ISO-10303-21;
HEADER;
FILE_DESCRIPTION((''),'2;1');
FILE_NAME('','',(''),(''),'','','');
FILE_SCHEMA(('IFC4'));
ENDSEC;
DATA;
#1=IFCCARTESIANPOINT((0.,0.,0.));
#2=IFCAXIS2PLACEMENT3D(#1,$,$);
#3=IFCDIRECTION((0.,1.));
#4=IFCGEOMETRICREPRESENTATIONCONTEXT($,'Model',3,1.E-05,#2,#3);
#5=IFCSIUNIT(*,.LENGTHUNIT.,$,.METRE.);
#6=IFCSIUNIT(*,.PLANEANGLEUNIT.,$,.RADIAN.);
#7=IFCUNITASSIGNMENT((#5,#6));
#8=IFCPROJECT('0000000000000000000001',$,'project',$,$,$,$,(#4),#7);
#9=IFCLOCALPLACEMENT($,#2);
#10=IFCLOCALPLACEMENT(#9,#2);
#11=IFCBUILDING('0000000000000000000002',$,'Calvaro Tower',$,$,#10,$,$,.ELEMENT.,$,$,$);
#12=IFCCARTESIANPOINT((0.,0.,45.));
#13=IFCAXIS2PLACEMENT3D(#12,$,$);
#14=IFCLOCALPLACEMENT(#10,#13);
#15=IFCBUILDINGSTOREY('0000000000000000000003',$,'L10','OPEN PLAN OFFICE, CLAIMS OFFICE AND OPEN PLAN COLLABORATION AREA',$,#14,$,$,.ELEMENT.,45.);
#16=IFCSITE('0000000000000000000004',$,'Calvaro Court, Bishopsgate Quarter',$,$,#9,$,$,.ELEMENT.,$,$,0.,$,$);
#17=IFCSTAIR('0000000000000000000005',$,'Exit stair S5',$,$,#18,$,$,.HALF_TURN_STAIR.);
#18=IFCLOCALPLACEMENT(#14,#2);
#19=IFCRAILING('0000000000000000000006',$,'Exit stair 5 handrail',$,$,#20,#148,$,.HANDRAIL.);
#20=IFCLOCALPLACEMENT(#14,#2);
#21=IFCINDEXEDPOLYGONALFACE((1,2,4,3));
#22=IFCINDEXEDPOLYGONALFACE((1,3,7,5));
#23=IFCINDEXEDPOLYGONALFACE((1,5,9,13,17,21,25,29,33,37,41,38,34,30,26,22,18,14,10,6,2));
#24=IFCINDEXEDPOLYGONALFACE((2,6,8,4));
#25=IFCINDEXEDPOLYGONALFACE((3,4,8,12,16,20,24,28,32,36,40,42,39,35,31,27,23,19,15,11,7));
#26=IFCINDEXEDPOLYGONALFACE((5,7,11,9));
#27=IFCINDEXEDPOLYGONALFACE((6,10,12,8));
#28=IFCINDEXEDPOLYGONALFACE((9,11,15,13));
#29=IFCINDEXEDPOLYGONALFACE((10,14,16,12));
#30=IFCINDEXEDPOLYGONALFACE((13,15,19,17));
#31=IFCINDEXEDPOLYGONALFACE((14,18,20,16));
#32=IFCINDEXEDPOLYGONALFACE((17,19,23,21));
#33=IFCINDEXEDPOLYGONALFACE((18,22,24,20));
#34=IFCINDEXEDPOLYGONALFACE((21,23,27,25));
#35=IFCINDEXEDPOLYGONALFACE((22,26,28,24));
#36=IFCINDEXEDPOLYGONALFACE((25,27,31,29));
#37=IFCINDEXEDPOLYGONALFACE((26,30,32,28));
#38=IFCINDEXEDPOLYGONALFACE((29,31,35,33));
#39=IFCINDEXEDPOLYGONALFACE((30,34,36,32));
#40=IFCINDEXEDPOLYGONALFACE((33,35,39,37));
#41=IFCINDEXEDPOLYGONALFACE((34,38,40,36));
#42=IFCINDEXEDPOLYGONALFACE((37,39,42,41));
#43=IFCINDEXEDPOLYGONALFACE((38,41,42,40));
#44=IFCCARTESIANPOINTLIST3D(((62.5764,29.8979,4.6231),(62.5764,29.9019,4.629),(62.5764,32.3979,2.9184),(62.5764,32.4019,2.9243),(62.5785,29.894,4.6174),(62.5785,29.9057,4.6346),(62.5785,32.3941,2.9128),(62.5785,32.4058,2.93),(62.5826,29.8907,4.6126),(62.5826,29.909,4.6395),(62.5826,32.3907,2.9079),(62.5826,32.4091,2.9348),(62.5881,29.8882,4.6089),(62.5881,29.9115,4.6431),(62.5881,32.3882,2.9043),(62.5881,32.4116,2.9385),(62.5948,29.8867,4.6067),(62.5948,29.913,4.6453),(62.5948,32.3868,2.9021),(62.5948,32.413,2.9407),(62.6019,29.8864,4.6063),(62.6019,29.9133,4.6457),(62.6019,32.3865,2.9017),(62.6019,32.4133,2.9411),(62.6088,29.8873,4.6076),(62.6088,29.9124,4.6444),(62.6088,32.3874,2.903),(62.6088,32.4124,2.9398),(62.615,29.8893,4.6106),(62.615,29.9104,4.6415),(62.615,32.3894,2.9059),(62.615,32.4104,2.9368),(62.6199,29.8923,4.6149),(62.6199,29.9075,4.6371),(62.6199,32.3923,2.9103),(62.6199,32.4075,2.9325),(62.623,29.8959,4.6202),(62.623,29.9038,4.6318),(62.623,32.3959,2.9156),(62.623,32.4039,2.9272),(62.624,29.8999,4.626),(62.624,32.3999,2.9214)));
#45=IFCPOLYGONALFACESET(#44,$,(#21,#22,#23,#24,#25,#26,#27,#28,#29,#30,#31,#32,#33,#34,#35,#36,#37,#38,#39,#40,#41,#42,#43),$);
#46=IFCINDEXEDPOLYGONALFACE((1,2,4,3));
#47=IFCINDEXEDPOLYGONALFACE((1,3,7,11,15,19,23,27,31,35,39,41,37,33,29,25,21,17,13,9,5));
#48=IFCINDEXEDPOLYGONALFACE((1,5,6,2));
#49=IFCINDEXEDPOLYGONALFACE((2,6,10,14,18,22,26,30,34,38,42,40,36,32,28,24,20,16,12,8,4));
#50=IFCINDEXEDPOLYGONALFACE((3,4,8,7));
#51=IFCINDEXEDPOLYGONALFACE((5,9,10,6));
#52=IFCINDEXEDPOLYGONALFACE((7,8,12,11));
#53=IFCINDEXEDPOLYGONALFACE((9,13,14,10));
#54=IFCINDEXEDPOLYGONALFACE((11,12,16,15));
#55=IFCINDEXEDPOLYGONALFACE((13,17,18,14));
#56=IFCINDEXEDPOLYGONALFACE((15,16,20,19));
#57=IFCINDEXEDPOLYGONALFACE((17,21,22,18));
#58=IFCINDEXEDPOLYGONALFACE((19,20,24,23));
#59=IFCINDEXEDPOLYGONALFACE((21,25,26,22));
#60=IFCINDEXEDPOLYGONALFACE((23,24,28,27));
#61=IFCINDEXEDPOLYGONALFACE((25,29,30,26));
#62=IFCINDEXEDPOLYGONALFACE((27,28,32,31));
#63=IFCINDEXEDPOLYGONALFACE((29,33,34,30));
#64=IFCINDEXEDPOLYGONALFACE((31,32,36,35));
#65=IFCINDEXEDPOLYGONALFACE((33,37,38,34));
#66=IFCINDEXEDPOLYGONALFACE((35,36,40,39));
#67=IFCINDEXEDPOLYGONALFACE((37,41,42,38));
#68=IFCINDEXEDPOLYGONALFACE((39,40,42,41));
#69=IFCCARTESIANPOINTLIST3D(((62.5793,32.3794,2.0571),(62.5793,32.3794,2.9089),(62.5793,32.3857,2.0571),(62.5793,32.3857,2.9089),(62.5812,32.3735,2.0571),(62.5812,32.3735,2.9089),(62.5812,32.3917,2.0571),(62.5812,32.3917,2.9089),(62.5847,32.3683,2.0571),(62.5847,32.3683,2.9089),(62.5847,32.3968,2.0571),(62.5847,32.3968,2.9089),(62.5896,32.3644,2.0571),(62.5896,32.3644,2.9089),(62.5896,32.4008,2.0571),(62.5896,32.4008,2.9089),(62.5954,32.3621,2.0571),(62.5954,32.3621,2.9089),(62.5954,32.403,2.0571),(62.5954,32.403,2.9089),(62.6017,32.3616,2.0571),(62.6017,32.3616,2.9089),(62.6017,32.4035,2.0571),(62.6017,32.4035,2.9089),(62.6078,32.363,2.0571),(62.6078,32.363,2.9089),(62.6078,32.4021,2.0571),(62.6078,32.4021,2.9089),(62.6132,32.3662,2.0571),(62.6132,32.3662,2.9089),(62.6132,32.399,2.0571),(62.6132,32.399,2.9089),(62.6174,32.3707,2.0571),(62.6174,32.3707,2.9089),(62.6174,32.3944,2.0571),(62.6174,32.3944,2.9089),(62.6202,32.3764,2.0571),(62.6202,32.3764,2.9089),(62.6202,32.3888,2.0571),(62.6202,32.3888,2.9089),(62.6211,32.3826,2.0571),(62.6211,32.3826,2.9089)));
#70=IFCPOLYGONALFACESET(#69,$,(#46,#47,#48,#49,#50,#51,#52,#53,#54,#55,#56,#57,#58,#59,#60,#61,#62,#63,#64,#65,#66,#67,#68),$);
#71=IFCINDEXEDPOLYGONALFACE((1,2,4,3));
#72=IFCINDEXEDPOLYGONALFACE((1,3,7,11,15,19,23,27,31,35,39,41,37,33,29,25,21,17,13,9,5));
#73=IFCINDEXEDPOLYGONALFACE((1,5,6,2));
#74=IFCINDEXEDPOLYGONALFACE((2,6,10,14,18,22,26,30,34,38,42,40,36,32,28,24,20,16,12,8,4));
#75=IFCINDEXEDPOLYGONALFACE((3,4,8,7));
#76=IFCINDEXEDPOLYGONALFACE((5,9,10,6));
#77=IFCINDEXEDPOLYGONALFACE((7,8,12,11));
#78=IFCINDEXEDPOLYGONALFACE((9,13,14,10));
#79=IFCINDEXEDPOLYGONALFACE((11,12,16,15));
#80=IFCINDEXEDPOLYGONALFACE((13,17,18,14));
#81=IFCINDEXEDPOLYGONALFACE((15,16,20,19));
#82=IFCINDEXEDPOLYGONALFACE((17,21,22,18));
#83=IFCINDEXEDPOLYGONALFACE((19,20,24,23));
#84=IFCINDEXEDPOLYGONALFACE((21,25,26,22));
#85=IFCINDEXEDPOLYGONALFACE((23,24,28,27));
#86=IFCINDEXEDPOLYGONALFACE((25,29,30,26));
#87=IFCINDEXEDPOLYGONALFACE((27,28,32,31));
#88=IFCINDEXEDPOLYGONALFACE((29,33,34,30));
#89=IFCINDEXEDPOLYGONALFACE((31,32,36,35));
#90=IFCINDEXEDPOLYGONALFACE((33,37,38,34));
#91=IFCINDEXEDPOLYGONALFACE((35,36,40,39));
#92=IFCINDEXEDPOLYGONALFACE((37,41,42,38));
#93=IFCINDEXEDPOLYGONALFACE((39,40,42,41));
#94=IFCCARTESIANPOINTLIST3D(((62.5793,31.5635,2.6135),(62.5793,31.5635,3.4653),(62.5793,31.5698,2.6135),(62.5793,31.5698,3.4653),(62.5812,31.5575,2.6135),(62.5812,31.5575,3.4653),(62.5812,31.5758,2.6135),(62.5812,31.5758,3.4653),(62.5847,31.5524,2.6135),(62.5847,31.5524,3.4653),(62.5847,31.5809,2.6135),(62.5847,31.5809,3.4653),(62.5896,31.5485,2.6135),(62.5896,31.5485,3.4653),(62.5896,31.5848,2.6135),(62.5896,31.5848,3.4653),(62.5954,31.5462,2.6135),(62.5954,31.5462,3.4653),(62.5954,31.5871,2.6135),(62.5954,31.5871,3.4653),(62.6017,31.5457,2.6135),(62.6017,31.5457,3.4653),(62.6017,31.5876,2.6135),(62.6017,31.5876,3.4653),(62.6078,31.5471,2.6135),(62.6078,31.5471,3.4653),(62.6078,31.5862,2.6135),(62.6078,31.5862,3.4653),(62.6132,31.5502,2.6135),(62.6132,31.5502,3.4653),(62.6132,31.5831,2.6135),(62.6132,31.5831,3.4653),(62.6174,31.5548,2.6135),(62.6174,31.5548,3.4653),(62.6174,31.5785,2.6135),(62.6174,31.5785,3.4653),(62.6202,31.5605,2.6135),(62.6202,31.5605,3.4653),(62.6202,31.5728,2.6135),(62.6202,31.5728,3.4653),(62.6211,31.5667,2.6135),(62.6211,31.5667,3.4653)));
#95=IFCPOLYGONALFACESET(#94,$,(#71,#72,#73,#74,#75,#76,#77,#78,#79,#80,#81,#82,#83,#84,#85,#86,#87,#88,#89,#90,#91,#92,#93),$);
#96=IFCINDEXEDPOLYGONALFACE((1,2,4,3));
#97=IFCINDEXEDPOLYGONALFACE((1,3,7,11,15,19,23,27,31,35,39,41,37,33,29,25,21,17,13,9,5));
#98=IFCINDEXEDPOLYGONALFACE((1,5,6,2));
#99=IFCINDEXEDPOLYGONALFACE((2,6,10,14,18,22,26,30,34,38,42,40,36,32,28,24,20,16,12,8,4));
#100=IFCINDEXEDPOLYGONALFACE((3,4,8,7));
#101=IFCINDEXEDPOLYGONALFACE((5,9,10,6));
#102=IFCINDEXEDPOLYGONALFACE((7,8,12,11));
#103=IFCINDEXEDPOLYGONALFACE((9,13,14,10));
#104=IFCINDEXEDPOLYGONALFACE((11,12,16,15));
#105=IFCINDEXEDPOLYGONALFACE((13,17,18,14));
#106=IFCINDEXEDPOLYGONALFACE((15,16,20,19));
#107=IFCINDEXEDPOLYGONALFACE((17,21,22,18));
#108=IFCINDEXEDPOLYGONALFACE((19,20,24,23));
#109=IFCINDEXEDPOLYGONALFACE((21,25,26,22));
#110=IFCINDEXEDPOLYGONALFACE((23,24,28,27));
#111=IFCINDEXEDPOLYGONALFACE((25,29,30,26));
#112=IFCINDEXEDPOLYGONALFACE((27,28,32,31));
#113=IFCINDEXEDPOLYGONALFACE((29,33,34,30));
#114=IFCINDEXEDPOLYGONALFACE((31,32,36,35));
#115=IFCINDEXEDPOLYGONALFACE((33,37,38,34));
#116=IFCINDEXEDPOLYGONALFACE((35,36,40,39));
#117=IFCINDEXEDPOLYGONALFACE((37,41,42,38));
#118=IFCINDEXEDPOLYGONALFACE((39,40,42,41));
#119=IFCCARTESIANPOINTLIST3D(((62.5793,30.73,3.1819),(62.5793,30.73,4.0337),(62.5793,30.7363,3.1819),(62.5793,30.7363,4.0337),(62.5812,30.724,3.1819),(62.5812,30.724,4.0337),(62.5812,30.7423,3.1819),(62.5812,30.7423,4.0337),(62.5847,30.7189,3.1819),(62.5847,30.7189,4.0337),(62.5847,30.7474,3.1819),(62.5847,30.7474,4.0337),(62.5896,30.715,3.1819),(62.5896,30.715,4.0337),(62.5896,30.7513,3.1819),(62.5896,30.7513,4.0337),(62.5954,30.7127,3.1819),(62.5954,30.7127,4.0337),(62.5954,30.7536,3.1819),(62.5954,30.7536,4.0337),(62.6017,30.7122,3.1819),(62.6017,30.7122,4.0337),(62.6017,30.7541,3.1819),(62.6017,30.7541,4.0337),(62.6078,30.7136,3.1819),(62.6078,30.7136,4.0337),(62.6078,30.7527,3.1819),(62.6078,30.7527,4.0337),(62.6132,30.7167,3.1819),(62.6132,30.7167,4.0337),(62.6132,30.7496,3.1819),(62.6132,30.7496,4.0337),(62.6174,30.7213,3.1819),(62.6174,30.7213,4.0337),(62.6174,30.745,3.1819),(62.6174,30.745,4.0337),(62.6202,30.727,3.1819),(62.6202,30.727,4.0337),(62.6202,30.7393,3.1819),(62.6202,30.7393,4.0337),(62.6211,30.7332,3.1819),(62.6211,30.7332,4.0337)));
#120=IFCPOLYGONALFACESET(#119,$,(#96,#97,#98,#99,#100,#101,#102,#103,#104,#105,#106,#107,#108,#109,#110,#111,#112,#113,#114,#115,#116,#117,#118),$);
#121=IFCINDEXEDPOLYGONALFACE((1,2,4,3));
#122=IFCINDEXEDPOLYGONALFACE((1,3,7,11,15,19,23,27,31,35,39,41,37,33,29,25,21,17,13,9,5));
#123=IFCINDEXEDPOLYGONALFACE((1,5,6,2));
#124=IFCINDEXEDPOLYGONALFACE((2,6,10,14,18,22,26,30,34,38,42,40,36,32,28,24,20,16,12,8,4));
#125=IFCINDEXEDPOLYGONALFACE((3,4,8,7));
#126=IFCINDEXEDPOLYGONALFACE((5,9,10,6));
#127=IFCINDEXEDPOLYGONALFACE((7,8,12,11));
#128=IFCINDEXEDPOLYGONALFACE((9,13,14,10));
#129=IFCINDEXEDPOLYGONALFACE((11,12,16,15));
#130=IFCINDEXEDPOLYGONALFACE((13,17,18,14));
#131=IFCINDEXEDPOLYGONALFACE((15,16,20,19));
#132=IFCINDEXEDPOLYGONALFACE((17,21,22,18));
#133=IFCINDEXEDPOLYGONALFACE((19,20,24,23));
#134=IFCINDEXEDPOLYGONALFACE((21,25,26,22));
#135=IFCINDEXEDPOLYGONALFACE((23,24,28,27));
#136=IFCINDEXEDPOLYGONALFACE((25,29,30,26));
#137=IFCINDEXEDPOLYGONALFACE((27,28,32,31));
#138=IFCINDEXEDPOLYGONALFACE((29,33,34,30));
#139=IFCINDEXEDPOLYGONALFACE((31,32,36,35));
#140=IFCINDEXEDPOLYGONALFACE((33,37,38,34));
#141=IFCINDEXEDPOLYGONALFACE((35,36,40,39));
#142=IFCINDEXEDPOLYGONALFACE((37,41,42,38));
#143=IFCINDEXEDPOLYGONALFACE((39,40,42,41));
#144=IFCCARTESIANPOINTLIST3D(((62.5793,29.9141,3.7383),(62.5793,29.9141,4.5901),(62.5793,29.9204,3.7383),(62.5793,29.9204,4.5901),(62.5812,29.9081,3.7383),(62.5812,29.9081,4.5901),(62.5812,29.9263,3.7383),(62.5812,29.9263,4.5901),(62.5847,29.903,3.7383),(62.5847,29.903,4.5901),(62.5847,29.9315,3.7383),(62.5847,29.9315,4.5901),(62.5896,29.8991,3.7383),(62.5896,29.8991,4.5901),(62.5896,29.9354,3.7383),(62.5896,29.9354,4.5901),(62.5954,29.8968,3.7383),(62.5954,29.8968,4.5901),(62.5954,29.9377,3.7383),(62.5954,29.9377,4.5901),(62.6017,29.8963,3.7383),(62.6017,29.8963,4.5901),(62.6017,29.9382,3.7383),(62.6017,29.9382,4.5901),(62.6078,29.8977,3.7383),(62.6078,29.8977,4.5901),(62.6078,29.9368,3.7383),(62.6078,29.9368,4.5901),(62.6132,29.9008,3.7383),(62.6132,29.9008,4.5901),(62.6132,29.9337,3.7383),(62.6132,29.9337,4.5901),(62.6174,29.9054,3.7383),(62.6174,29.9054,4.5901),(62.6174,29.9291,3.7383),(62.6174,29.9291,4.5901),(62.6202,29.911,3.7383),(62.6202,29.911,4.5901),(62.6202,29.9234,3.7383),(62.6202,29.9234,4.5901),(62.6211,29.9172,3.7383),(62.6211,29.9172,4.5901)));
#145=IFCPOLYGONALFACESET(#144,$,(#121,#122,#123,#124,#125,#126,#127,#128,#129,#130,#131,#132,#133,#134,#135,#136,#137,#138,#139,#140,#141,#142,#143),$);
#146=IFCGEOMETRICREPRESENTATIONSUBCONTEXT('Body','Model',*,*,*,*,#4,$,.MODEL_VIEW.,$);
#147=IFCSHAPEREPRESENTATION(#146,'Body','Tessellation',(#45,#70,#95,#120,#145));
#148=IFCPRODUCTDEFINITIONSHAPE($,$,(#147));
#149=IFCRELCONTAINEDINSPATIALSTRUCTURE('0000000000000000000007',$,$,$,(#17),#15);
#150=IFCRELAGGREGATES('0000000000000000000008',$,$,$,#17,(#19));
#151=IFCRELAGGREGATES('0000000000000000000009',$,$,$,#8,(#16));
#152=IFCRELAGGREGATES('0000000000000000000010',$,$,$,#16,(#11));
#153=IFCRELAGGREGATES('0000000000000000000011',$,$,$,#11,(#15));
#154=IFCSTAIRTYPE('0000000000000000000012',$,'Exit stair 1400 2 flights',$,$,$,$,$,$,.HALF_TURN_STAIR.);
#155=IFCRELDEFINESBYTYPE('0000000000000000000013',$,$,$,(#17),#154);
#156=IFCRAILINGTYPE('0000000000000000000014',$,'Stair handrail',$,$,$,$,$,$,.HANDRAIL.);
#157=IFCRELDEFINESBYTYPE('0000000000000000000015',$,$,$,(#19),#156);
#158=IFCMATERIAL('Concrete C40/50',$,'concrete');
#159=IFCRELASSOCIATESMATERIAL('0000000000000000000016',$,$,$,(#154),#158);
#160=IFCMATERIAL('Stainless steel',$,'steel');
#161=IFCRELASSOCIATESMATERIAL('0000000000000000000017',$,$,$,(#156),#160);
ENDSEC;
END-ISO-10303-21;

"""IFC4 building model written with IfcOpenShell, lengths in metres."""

from ifc_helpers import new_model, si_unit, direction, frame, origin, origin_2d, place, context, subcontext, project, spatial, circle, extrude, material, type_object, element, aggregate, save


model = new_model("IFC4")

# Units and contexts
model_context = context("Model", 3, precision=1e-05, world=origin(), true_north=direction((0.0, 1.0)))
body_context = subcontext(model_context, "Body", "Model", "MODEL_VIEW")
ifc_project = project(units=[si_unit("LENGTHUNIT", "METRE"), si_unit("PLANEANGLEUNIT", "RADIAN")], contexts=[model_context])

# Site, building, storey
site_placement = place(None, origin())
site = spatial("IfcSite", under=ifc_project, at=site_placement, Name="Calvaro Court, Bishopsgate Quarter", CompositionType="ELEMENT", RefElevation=0.0)
building_placement = place(site_placement, origin())
building = spatial("IfcBuilding", under=site, at=building_placement, Name="Calvaro Tower", CompositionType="ELEMENT")
storey_placement = place(building_placement, frame((0.0, 0.0, 45.0)))
storey = spatial("IfcBuildingStorey", under=building, at=storey_placement, Name="L10", Description="OPEN PLAN OFFICE, CLAIMS OFFICE AND OPEN PLAN COLLABORATION AREA", CompositionType="ELEMENT", Elevation=45.0)

# Stair
ifc_material_1 = material(Name="Concrete C40/50", Category="concrete")
stair_type = type_object("IfcStairType", Name="Exit stair 1400 2 flights", PredefinedType="HALF_TURN_STAIR", material=ifc_material_1)
stair_1_placement = place(storey_placement, origin())
stair_1 = element("IfcStair", 1, at=stair_1_placement, inside=storey, type_object=stair_type, Name="Exit stair S5", PredefinedType="HALF_TURN_STAIR")

# Shared definitions
ifc_material_2 = material(Name="Stainless steel", Category="steel")
railing_type = type_object("IfcRailingType", Name="Stair handrail", PredefinedType="HANDRAIL", material=ifc_material_2)

# Railing
railing_1_placement = place(storey_placement, frame((62.6001, 32.3999, 2.0454)))
railing_1 = element("IfcRailing", 2, at=railing_1_placement, type_object=railing_type, Name="Exit stair 5 handrail", PredefinedType="HANDRAIL", context=body_context, shape_type="SweptSolid", body=[
    extrude(circle(Radius=0.0239, at=origin_2d()), frame((0.0, 0.0, 0.876), z_axis=(0.0, -0.826221, 0.563347), x_axis=(1.0, 0.0, 0.0)), (0.0, 0.0, 1.0), 3.0259),
    extrude(circle(Radius=0.021, at=origin_2d()), frame((0.0, -0.0173, 0.0117)), (0.0, 0.0, 1.0), 0.8518),
    extrude(circle(Radius=0.021, at=origin_2d()), frame((0.0, -0.8333, 0.5681)), (0.0, 0.0, 1.0), 0.8518),
    extrude(circle(Radius=0.021, at=origin_2d()), frame((0.0, -1.6667, 1.1365)), (0.0, 0.0, 1.0), 0.8518),
    extrude(circle(Radius=0.021, at=origin_2d()), frame((0.0, -2.4827, 1.6929)), (0.0, 0.0, 1.0), 0.8518),
])
aggregate(stair_1, [railing_1])

save(model, "model.ifc")
